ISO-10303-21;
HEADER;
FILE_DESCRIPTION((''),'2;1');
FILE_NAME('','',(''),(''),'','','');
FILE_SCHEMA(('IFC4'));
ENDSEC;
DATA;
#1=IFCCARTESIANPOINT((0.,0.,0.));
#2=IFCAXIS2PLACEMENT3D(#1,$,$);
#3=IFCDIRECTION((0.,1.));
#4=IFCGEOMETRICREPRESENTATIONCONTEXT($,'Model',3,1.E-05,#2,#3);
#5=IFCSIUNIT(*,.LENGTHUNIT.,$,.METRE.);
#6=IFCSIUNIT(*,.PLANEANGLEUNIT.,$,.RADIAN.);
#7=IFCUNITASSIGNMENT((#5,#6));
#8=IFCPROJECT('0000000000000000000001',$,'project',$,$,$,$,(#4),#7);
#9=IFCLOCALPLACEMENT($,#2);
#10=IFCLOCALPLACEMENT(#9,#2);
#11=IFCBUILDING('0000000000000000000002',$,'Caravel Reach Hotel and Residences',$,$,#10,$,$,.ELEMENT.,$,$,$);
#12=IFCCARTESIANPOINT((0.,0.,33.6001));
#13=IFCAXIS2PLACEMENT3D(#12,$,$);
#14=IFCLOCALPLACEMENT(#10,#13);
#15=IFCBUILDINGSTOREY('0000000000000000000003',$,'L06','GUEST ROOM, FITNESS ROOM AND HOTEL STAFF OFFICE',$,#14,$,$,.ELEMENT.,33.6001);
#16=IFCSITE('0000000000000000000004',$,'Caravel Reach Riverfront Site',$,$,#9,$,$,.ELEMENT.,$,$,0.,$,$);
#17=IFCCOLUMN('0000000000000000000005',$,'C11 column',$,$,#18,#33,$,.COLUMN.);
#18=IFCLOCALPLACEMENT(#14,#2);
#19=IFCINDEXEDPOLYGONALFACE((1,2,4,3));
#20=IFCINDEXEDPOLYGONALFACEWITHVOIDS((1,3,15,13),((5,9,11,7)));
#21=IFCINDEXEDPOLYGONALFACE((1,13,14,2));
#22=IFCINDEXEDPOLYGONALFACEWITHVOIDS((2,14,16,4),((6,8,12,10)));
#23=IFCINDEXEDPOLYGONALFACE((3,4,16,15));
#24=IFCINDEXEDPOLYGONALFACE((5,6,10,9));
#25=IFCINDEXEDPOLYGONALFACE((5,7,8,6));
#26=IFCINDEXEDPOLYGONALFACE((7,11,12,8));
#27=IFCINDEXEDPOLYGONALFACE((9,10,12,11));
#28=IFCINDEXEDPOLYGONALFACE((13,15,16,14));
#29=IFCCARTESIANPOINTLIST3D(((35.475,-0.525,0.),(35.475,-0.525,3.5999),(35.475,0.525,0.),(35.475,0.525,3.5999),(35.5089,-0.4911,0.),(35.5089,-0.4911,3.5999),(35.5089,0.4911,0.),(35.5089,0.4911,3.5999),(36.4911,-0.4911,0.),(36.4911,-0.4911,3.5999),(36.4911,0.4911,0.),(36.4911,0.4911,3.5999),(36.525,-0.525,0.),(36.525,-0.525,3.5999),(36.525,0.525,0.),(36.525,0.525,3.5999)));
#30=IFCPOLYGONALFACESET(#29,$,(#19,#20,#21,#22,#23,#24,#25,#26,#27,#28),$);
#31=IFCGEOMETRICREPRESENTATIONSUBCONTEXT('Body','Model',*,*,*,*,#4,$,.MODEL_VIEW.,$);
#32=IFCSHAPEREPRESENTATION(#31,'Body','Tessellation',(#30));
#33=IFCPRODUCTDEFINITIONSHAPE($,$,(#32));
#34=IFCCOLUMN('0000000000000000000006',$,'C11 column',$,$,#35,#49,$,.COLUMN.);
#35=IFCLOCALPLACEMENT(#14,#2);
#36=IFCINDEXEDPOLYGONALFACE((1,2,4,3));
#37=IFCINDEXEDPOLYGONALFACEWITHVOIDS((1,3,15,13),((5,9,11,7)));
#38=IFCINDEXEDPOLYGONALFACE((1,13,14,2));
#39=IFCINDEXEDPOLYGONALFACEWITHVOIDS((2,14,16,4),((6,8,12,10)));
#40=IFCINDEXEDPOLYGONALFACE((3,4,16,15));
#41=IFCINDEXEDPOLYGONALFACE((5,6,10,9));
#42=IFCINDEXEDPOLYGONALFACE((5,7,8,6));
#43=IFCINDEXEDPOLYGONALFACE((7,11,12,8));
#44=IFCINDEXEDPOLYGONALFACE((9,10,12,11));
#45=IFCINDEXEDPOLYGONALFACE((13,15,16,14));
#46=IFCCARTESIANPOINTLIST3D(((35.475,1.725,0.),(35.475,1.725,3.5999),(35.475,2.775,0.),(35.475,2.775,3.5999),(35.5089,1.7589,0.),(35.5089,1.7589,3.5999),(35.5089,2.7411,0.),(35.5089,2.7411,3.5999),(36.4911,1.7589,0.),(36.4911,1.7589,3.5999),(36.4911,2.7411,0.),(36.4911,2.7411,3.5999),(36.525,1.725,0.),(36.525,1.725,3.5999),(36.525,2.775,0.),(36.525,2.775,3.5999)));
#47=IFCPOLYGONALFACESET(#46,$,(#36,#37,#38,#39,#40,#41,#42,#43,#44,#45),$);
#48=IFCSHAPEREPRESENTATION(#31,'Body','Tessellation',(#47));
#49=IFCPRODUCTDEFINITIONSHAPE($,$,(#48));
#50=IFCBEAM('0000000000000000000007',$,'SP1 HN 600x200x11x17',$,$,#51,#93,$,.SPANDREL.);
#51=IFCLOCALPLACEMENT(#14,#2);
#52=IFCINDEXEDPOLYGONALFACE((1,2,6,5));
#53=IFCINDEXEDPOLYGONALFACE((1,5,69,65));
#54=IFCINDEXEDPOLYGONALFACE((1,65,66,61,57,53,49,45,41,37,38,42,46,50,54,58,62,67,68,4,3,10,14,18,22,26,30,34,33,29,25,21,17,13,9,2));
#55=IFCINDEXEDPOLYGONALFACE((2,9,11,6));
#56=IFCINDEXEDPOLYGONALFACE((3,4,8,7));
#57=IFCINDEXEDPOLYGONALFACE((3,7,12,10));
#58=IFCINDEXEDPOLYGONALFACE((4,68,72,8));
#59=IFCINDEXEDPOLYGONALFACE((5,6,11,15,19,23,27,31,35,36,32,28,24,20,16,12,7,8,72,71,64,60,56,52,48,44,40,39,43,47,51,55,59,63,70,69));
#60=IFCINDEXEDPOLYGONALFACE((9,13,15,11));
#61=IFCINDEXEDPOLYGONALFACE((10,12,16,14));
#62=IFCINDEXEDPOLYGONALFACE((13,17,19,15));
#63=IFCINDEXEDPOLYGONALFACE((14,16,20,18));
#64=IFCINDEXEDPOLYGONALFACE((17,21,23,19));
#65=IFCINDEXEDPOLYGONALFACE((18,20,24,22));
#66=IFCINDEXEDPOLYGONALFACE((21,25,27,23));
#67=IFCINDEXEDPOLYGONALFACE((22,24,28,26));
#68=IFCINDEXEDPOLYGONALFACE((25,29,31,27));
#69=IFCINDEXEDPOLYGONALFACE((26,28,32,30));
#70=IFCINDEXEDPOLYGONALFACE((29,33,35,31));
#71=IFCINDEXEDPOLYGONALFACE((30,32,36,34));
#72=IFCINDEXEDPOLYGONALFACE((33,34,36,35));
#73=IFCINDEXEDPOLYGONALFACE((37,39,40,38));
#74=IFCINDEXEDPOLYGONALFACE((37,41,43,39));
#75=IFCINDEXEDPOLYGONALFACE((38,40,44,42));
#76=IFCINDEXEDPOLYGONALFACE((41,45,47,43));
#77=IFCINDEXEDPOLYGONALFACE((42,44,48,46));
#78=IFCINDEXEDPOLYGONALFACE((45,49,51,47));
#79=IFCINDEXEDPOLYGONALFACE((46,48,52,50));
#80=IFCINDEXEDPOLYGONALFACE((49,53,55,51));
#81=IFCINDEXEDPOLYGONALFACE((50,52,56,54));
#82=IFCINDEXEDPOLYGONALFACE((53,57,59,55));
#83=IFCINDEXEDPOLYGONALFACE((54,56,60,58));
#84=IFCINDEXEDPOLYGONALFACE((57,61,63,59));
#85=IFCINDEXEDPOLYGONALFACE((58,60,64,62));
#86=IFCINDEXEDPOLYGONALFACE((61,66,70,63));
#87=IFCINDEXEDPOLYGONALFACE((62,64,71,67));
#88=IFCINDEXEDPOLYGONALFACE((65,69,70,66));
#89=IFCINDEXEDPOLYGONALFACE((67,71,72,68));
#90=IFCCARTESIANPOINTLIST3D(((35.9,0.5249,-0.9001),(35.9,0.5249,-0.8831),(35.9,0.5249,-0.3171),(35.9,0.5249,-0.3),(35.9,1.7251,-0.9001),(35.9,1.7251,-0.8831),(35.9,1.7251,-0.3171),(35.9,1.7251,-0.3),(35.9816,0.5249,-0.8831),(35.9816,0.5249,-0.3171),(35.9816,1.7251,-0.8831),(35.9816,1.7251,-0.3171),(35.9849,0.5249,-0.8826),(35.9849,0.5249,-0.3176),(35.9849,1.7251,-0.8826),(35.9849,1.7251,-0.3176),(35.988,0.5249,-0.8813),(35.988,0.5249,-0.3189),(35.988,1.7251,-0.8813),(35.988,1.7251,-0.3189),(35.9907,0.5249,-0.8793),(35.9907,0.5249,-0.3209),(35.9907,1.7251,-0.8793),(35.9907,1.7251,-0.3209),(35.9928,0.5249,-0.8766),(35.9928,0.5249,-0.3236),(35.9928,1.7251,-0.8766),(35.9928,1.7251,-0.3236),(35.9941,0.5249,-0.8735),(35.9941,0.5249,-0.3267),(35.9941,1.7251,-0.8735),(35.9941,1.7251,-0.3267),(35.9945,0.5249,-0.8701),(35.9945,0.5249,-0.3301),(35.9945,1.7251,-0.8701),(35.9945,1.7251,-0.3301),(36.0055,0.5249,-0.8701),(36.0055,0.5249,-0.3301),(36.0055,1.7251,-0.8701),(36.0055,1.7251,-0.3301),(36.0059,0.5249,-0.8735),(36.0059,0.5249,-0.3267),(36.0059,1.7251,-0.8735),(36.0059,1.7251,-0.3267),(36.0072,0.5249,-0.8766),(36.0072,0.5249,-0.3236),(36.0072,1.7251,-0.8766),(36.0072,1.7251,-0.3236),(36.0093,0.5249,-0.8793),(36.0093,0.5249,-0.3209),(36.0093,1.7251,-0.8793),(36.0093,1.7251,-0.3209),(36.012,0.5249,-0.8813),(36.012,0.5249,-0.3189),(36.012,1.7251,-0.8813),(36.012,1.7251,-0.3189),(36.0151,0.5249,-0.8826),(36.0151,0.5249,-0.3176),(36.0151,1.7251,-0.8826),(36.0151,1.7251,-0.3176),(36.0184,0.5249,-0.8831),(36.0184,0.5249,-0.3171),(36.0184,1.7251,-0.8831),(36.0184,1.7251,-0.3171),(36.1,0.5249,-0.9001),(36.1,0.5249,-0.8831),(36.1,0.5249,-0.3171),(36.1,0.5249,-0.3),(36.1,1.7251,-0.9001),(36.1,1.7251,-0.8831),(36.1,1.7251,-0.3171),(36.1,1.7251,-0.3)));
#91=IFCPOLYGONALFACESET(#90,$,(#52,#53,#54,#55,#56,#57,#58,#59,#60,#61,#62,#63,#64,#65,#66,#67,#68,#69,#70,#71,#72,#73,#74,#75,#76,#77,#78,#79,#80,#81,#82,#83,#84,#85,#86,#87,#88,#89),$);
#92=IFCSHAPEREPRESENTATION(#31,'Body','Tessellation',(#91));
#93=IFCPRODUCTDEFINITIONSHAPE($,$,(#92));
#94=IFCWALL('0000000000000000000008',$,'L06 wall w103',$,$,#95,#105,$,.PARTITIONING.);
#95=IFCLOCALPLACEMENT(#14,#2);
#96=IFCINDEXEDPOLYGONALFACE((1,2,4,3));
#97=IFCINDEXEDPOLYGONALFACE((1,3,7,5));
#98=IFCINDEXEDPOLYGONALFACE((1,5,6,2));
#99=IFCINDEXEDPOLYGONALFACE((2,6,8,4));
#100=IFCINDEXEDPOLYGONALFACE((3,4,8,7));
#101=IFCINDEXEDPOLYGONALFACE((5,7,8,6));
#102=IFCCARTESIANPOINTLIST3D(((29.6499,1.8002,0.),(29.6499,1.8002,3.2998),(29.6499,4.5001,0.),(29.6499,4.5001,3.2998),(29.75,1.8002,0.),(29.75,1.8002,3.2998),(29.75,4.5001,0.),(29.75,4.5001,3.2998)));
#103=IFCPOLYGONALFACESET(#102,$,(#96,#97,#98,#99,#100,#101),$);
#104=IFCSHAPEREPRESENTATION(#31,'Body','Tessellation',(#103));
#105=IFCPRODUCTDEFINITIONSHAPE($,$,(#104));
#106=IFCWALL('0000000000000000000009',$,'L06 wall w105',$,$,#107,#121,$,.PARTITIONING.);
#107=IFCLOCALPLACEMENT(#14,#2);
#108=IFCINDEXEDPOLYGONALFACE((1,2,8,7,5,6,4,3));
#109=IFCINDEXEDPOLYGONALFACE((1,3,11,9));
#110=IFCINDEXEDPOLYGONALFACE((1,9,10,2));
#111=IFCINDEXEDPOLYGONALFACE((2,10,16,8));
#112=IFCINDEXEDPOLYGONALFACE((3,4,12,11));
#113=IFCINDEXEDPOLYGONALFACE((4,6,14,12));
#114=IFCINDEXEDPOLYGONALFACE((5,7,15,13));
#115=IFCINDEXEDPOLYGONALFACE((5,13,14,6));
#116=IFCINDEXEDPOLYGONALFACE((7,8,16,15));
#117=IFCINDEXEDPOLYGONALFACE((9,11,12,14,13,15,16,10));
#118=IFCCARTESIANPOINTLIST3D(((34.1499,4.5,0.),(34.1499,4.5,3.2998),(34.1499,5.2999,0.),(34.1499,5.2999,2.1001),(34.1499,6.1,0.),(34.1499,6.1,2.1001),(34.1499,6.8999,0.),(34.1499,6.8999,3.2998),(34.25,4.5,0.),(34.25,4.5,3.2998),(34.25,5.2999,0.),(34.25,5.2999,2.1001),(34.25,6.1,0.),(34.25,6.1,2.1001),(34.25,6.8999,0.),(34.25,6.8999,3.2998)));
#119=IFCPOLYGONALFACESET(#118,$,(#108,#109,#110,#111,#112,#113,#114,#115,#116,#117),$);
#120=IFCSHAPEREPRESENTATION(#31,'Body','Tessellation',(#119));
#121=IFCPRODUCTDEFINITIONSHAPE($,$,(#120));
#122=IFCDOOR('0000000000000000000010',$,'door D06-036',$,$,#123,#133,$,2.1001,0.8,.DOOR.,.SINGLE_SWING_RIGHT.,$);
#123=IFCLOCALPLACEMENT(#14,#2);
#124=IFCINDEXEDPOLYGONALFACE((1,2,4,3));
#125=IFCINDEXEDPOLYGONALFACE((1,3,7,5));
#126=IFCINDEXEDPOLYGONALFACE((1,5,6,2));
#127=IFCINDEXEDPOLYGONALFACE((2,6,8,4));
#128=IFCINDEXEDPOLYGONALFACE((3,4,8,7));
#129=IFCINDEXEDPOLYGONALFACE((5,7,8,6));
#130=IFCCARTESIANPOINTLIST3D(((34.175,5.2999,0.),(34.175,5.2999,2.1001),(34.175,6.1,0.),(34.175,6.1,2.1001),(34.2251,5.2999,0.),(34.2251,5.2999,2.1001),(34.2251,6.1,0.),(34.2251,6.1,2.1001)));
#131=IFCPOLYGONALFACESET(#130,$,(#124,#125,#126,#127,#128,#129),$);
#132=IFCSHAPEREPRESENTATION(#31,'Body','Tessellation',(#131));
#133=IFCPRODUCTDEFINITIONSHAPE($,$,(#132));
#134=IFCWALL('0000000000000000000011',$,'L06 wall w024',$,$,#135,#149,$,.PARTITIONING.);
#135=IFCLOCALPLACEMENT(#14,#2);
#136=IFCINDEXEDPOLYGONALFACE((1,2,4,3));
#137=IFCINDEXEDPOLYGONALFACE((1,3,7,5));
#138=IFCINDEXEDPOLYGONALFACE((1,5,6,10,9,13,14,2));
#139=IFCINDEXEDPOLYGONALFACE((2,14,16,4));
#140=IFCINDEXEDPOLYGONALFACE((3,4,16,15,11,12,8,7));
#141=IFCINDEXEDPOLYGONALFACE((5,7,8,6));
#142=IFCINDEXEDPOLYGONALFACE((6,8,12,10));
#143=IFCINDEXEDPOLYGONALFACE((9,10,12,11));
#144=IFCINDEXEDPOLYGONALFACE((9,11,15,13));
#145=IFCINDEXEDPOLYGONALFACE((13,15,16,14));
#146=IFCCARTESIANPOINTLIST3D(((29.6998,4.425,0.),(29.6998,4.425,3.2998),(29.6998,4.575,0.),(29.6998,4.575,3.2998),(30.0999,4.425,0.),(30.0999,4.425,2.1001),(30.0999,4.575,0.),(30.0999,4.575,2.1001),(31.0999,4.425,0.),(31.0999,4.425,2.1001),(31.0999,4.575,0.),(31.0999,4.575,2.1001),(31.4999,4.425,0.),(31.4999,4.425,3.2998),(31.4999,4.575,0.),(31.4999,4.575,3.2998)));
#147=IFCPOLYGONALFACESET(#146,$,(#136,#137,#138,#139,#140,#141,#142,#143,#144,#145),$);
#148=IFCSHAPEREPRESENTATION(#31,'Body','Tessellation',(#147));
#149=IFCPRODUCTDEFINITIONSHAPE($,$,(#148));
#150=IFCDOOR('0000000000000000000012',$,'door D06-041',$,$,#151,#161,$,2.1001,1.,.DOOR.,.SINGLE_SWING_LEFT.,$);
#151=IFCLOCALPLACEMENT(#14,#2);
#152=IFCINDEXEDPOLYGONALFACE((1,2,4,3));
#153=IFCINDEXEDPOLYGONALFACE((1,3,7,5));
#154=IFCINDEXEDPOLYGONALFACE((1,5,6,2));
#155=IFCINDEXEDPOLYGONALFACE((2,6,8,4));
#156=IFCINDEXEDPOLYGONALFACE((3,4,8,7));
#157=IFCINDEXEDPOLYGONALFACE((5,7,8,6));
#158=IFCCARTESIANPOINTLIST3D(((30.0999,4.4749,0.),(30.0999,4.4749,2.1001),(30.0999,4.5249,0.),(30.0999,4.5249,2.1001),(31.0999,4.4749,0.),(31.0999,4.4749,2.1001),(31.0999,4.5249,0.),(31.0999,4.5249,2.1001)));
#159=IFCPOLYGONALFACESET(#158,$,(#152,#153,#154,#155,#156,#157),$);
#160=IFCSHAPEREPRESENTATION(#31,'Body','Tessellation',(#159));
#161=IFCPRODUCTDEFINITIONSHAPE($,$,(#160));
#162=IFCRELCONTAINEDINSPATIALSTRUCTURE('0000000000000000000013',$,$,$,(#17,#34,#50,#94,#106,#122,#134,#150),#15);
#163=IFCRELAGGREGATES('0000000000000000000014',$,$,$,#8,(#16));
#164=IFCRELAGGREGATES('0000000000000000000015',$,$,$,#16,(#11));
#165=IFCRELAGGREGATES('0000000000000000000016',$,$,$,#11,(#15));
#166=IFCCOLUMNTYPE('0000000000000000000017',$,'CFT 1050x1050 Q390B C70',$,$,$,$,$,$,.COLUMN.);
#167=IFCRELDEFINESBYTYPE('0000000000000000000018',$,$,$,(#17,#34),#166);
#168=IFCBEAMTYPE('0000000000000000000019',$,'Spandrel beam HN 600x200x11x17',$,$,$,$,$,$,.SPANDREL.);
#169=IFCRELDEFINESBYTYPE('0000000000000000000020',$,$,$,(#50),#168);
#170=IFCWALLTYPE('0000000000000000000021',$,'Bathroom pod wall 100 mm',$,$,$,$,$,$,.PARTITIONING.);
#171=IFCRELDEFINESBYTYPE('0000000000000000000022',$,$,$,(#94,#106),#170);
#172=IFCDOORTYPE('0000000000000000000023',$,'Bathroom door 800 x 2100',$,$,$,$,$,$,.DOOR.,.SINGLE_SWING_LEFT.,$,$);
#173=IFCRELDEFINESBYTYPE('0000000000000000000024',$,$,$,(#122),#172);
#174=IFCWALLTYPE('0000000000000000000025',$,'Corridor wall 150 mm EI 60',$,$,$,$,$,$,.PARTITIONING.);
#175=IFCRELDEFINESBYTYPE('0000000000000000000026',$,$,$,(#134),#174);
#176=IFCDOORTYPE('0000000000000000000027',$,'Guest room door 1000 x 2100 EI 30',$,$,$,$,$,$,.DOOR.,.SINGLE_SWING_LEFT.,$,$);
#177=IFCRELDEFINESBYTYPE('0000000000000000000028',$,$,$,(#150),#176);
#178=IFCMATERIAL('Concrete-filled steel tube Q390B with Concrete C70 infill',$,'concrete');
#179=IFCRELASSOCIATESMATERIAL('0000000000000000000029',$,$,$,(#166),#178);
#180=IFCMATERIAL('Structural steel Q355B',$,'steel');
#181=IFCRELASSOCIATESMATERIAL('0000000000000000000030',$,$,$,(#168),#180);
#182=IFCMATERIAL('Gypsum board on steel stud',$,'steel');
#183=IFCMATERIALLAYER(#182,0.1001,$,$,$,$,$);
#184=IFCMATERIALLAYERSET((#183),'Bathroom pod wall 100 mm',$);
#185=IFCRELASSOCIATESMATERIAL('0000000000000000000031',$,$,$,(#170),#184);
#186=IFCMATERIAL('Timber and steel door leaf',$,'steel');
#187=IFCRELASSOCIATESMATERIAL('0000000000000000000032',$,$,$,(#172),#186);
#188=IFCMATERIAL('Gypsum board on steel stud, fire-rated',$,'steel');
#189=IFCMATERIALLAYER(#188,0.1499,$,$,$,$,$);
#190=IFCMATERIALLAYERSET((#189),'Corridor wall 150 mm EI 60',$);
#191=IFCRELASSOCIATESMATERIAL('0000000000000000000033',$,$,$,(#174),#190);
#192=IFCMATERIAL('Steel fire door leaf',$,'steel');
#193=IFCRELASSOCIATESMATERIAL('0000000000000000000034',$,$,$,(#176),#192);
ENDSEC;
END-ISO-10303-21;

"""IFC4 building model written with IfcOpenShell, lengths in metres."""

from ifc_helpers import new_model, si_unit, direction, frame, frame_2d, origin, origin_2d, place, context, subcontext, project, spatial, rectangle, hollow_rectangle, i_section, extrude, material, layer, layer_set, material_profile, profile_set, type_object, element, fill, save


model = new_model("IFC4")

# Units and contexts
model_context = context("Model", 3, precision=1e-05, world=origin(), true_north=direction((0.0, 1.0)))
body_context = subcontext(model_context, "Body", "Model", "MODEL_VIEW")
ifc_project = project(units=[si_unit("LENGTHUNIT", "METRE"), si_unit("PLANEANGLEUNIT", "RADIAN")], contexts=[model_context])

# Site, building, storey
site_placement = place(None, origin())
site = spatial("IfcSite", under=ifc_project, at=site_placement, Name="Caravel Reach Riverfront Site", CompositionType="ELEMENT", RefElevation=0.0)
building_placement = place(site_placement, origin())
building = spatial("IfcBuilding", under=site, at=building_placement, Name="Caravel Reach Hotel and Residences", CompositionType="ELEMENT")
storey_placement = place(building_placement, frame((0.0, 0.0, 33.6001)))
storey = spatial("IfcBuildingStorey", under=building, at=storey_placement, Name="L06", Description="GUEST ROOM, FITNESS ROOM AND HOTEL STAFF OFFICE", CompositionType="ELEMENT", Elevation=33.6001)

# Columns
ifc_material_1 = material(Name="Concrete-filled steel tube Q390B with Concrete C70 infill", Category="concrete")
ifc_material_profile_1 = material_profile(ifc_material_1, hollow_rectangle(XDim=1.05, YDim=1.05, WallThickness=0.0339, at=origin_2d()), Name="RHS 1050x1050x34")
ifc_profile_set_1 = profile_set([ifc_material_profile_1], Name="Concrete-filled steel tube Q390B with Concrete C70 infill")
column_type = type_object("IfcColumnType", Name="CFT 1050x1050 Q390B C70", PredefinedType="COLUMN", material=ifc_profile_set_1)
for number, where, z_axis, x_axis, name in (
    (1, (36.0, 0.0, 0.0), (0.0, 0.0, 1.0), (1.0, 0.0, 0.0), "C11 column"),
    (2, (36.0, 2.25, 0.0), (0.0, 0.0, 1.0), (1.0, 0.0, 0.0), "C11 column"),
):
    element("IfcColumn", number, at=place(storey_placement, frame(where, z_axis=z_axis, x_axis=x_axis)), inside=storey, type_object=column_type, Name=name, PredefinedType="COLUMN", context=body_context, shape_type="SweptSolid", body=[
        extrude(hollow_rectangle(XDim=1.05, YDim=1.05, WallThickness=0.0339, at=origin_2d()), origin(), (0.0, 0.0, 1.0), 3.5999),
    ])

# Beam
ifc_material_2 = material(Name="Structural steel Q355B", Category="steel")
ifc_material_profile_2 = material_profile(ifc_material_2, i_section(OverallWidth=0.2, OverallDepth=0.6001, WebThickness=0.011, FlangeThickness=0.0171, FilletRadius=0.0129, at=origin_2d()), Name="HN 600x200x11x17")
ifc_profile_set_2 = profile_set([ifc_material_profile_2], Name="Structural steel Q355B")
beam_type = type_object("IfcBeamType", Name="Spandrel beam HN 600x200x11x17", PredefinedType="SPANDREL", material=ifc_profile_set_2)
beam_placement = place(storey_placement, frame((36.0, 0.5249, -0.6001), z_axis=(0.0, 1.0, 0.0), x_axis=(-1.0, 0.0, 0.0)))
element("IfcBeam", 3, at=beam_placement, inside=storey, type_object=beam_type, Name="SP1 HN 600x200x11x17", PredefinedType="SPANDREL", context=body_context, shape_type="SweptSolid", body=[
    extrude(i_section(OverallWidth=0.2, OverallDepth=0.6001, WebThickness=0.011, FlangeThickness=0.0171, FilletRadius=0.0129, at=origin_2d()), origin(), (0.0, 0.0, 1.0), 1.2002),
])

# Wall
ifc_material_3 = material(Name="Gypsum board on steel stud", Category="steel")
ifc_layer_1 = layer(ifc_material_3, 0.1001)
ifc_layer_set_1 = layer_set([ifc_layer_1], Name="Bathroom pod wall 100 mm")
wall_type_1 = type_object("IfcWallType", Name="Bathroom pod wall 100 mm", PredefinedType="PARTITIONING", material=ifc_layer_set_1)
wall_1_placement = place(storey_placement, frame((29.7, 1.8, 0.0), z_axis=(0.0, 0.0, 1.0), x_axis=(0.0, 1.0, 0.0)))
element("IfcWall", 4, at=wall_1_placement, inside=storey, type_object=wall_type_1, Name="L06 wall w103", PredefinedType="PARTITIONING", context=body_context, shape_type="SweptSolid", body=[
    extrude(rectangle(XDim=2.7, YDim=0.1001, at=frame_2d((1.3501, 0.0))), origin(), (0.0, 0.0, 1.0), 3.2998),
])

# Walls, openings, doors
wall_2_placement = place(storey_placement, frame((34.2, 4.5, 0.0), z_axis=(0.0, 0.0, 1.0), x_axis=(0.0, 1.0, 0.0)))
wall_2 = element("IfcWall", 5, at=wall_2_placement, inside=storey, type_object=wall_type_1, Name="L06 wall w105", PredefinedType="PARTITIONING", context=body_context, shape_type="SweptSolid", body=[
    extrude(rectangle(XDim=2.3999, YDim=0.1001, at=frame_2d((1.2, 0.0))), origin(), (0.0, 0.0, 1.0), 3.2998),
])
opening_1_placement = place(wall_2_placement, frame((0.8, 0.0, 0.0)))
opening_1 = element("IfcOpeningElement", 6, at=opening_1_placement, cuts=wall_2, PredefinedType="OPENING", context=body_context, shape_type="SweptSolid", body=[
    extrude(rectangle(XDim=0.8, YDim=2.1001, at=frame_2d((0.3999, 1.05))), frame((0.0, 0.0601, 0.0), z_axis=(0.0, -1.0, 0.0), x_axis=(1.0, 0.0, 0.0)), (0.0, 0.0, 1.0), 0.1201),
])
ifc_material_4 = material(Name="Timber and steel door leaf", Category="steel")
door_type_1 = type_object("IfcDoorType", Name="Bathroom door 800 x 2100", OperationType="SINGLE_SWING_LEFT", PredefinedType="DOOR", material=ifc_material_4)
door_1_placement = place(opening_1_placement, origin())
door_1 = element("IfcDoor", 7, at=door_1_placement, inside=storey, type_object=door_type_1, Name="door D06-036", OperationType="SINGLE_SWING_RIGHT", OverallHeight=2.1001, OverallWidth=0.8, PredefinedType="DOOR", context=body_context, shape_type="SweptSolid", body=[
    extrude(rectangle(XDim=0.8, YDim=2.1001, at=frame_2d((0.3999, 1.05))), frame((0.0, 0.0249, 0.0), z_axis=(0.0, -1.0, 0.0), x_axis=(1.0, 0.0, 0.0)), (0.0, 0.0, 1.0), 0.05),
])
fill(opening_1, door_1)
ifc_material_5 = material(Name="Gypsum board on steel stud, fire-rated", Category="steel")
ifc_layer_2 = layer(ifc_material_5, 0.1499)
ifc_layer_set_2 = layer_set([ifc_layer_2], Name="Corridor wall 150 mm EI 60")
wall_type_2 = type_object("IfcWallType", Name="Corridor wall 150 mm EI 60", PredefinedType="PARTITIONING", material=ifc_layer_set_2)
wall_3_placement = place(storey_placement, frame((29.7, 4.5, 0.0), z_axis=(0.0, 0.0, 1.0), x_axis=(1.0, 0.0, 0.0)))
wall_3 = element("IfcWall", 8, at=wall_3_placement, inside=storey, type_object=wall_type_2, Name="L06 wall w024", PredefinedType="PARTITIONING", context=body_context, shape_type="SweptSolid", body=[
    extrude(rectangle(XDim=1.8, YDim=0.1499, at=frame_2d((0.8999, 0.0))), origin(), (0.0, 0.0, 1.0), 3.2998),
])
opening_2_placement = place(wall_3_placement, frame((0.3999, 0.0, 0.0)))
opening_2 = element("IfcOpeningElement", 9, at=opening_2_placement, cuts=wall_3, PredefinedType="OPENING", context=body_context, shape_type="SweptSolid", body=[
    extrude(rectangle(XDim=1.0, YDim=2.1001, at=frame_2d((0.5, 1.05))), frame((0.0, 0.085, 0.0), z_axis=(0.0, -1.0, 0.0), x_axis=(1.0, 0.0, 0.0)), (0.0, 0.0, 1.0), 0.1699),
])
ifc_material_6 = material(Name="Steel fire door leaf", Category="steel")
door_type_2 = type_object("IfcDoorType", Name="Guest room door 1000 x 2100 EI 30", OperationType="SINGLE_SWING_LEFT", PredefinedType="DOOR", material=ifc_material_6)
door_2_placement = place(opening_2_placement, origin())
door_2 = element("IfcDoor", 10, at=door_2_placement, inside=storey, type_object=door_type_2, Name="door D06-041", OperationType="SINGLE_SWING_LEFT", OverallHeight=2.1001, OverallWidth=1.0, PredefinedType="DOOR", context=body_context, shape_type="SweptSolid", body=[
    extrude(rectangle(XDim=1.0, YDim=2.1001, at=frame_2d((0.5, 1.05))), frame((0.0, 0.0249, 0.0), z_axis=(0.0, -1.0, 0.0), x_axis=(1.0, 0.0, 0.0)), (0.0, 0.0, 1.0), 0.05),
])
fill(opening_2, door_2)

save(model, "model.ifc")
